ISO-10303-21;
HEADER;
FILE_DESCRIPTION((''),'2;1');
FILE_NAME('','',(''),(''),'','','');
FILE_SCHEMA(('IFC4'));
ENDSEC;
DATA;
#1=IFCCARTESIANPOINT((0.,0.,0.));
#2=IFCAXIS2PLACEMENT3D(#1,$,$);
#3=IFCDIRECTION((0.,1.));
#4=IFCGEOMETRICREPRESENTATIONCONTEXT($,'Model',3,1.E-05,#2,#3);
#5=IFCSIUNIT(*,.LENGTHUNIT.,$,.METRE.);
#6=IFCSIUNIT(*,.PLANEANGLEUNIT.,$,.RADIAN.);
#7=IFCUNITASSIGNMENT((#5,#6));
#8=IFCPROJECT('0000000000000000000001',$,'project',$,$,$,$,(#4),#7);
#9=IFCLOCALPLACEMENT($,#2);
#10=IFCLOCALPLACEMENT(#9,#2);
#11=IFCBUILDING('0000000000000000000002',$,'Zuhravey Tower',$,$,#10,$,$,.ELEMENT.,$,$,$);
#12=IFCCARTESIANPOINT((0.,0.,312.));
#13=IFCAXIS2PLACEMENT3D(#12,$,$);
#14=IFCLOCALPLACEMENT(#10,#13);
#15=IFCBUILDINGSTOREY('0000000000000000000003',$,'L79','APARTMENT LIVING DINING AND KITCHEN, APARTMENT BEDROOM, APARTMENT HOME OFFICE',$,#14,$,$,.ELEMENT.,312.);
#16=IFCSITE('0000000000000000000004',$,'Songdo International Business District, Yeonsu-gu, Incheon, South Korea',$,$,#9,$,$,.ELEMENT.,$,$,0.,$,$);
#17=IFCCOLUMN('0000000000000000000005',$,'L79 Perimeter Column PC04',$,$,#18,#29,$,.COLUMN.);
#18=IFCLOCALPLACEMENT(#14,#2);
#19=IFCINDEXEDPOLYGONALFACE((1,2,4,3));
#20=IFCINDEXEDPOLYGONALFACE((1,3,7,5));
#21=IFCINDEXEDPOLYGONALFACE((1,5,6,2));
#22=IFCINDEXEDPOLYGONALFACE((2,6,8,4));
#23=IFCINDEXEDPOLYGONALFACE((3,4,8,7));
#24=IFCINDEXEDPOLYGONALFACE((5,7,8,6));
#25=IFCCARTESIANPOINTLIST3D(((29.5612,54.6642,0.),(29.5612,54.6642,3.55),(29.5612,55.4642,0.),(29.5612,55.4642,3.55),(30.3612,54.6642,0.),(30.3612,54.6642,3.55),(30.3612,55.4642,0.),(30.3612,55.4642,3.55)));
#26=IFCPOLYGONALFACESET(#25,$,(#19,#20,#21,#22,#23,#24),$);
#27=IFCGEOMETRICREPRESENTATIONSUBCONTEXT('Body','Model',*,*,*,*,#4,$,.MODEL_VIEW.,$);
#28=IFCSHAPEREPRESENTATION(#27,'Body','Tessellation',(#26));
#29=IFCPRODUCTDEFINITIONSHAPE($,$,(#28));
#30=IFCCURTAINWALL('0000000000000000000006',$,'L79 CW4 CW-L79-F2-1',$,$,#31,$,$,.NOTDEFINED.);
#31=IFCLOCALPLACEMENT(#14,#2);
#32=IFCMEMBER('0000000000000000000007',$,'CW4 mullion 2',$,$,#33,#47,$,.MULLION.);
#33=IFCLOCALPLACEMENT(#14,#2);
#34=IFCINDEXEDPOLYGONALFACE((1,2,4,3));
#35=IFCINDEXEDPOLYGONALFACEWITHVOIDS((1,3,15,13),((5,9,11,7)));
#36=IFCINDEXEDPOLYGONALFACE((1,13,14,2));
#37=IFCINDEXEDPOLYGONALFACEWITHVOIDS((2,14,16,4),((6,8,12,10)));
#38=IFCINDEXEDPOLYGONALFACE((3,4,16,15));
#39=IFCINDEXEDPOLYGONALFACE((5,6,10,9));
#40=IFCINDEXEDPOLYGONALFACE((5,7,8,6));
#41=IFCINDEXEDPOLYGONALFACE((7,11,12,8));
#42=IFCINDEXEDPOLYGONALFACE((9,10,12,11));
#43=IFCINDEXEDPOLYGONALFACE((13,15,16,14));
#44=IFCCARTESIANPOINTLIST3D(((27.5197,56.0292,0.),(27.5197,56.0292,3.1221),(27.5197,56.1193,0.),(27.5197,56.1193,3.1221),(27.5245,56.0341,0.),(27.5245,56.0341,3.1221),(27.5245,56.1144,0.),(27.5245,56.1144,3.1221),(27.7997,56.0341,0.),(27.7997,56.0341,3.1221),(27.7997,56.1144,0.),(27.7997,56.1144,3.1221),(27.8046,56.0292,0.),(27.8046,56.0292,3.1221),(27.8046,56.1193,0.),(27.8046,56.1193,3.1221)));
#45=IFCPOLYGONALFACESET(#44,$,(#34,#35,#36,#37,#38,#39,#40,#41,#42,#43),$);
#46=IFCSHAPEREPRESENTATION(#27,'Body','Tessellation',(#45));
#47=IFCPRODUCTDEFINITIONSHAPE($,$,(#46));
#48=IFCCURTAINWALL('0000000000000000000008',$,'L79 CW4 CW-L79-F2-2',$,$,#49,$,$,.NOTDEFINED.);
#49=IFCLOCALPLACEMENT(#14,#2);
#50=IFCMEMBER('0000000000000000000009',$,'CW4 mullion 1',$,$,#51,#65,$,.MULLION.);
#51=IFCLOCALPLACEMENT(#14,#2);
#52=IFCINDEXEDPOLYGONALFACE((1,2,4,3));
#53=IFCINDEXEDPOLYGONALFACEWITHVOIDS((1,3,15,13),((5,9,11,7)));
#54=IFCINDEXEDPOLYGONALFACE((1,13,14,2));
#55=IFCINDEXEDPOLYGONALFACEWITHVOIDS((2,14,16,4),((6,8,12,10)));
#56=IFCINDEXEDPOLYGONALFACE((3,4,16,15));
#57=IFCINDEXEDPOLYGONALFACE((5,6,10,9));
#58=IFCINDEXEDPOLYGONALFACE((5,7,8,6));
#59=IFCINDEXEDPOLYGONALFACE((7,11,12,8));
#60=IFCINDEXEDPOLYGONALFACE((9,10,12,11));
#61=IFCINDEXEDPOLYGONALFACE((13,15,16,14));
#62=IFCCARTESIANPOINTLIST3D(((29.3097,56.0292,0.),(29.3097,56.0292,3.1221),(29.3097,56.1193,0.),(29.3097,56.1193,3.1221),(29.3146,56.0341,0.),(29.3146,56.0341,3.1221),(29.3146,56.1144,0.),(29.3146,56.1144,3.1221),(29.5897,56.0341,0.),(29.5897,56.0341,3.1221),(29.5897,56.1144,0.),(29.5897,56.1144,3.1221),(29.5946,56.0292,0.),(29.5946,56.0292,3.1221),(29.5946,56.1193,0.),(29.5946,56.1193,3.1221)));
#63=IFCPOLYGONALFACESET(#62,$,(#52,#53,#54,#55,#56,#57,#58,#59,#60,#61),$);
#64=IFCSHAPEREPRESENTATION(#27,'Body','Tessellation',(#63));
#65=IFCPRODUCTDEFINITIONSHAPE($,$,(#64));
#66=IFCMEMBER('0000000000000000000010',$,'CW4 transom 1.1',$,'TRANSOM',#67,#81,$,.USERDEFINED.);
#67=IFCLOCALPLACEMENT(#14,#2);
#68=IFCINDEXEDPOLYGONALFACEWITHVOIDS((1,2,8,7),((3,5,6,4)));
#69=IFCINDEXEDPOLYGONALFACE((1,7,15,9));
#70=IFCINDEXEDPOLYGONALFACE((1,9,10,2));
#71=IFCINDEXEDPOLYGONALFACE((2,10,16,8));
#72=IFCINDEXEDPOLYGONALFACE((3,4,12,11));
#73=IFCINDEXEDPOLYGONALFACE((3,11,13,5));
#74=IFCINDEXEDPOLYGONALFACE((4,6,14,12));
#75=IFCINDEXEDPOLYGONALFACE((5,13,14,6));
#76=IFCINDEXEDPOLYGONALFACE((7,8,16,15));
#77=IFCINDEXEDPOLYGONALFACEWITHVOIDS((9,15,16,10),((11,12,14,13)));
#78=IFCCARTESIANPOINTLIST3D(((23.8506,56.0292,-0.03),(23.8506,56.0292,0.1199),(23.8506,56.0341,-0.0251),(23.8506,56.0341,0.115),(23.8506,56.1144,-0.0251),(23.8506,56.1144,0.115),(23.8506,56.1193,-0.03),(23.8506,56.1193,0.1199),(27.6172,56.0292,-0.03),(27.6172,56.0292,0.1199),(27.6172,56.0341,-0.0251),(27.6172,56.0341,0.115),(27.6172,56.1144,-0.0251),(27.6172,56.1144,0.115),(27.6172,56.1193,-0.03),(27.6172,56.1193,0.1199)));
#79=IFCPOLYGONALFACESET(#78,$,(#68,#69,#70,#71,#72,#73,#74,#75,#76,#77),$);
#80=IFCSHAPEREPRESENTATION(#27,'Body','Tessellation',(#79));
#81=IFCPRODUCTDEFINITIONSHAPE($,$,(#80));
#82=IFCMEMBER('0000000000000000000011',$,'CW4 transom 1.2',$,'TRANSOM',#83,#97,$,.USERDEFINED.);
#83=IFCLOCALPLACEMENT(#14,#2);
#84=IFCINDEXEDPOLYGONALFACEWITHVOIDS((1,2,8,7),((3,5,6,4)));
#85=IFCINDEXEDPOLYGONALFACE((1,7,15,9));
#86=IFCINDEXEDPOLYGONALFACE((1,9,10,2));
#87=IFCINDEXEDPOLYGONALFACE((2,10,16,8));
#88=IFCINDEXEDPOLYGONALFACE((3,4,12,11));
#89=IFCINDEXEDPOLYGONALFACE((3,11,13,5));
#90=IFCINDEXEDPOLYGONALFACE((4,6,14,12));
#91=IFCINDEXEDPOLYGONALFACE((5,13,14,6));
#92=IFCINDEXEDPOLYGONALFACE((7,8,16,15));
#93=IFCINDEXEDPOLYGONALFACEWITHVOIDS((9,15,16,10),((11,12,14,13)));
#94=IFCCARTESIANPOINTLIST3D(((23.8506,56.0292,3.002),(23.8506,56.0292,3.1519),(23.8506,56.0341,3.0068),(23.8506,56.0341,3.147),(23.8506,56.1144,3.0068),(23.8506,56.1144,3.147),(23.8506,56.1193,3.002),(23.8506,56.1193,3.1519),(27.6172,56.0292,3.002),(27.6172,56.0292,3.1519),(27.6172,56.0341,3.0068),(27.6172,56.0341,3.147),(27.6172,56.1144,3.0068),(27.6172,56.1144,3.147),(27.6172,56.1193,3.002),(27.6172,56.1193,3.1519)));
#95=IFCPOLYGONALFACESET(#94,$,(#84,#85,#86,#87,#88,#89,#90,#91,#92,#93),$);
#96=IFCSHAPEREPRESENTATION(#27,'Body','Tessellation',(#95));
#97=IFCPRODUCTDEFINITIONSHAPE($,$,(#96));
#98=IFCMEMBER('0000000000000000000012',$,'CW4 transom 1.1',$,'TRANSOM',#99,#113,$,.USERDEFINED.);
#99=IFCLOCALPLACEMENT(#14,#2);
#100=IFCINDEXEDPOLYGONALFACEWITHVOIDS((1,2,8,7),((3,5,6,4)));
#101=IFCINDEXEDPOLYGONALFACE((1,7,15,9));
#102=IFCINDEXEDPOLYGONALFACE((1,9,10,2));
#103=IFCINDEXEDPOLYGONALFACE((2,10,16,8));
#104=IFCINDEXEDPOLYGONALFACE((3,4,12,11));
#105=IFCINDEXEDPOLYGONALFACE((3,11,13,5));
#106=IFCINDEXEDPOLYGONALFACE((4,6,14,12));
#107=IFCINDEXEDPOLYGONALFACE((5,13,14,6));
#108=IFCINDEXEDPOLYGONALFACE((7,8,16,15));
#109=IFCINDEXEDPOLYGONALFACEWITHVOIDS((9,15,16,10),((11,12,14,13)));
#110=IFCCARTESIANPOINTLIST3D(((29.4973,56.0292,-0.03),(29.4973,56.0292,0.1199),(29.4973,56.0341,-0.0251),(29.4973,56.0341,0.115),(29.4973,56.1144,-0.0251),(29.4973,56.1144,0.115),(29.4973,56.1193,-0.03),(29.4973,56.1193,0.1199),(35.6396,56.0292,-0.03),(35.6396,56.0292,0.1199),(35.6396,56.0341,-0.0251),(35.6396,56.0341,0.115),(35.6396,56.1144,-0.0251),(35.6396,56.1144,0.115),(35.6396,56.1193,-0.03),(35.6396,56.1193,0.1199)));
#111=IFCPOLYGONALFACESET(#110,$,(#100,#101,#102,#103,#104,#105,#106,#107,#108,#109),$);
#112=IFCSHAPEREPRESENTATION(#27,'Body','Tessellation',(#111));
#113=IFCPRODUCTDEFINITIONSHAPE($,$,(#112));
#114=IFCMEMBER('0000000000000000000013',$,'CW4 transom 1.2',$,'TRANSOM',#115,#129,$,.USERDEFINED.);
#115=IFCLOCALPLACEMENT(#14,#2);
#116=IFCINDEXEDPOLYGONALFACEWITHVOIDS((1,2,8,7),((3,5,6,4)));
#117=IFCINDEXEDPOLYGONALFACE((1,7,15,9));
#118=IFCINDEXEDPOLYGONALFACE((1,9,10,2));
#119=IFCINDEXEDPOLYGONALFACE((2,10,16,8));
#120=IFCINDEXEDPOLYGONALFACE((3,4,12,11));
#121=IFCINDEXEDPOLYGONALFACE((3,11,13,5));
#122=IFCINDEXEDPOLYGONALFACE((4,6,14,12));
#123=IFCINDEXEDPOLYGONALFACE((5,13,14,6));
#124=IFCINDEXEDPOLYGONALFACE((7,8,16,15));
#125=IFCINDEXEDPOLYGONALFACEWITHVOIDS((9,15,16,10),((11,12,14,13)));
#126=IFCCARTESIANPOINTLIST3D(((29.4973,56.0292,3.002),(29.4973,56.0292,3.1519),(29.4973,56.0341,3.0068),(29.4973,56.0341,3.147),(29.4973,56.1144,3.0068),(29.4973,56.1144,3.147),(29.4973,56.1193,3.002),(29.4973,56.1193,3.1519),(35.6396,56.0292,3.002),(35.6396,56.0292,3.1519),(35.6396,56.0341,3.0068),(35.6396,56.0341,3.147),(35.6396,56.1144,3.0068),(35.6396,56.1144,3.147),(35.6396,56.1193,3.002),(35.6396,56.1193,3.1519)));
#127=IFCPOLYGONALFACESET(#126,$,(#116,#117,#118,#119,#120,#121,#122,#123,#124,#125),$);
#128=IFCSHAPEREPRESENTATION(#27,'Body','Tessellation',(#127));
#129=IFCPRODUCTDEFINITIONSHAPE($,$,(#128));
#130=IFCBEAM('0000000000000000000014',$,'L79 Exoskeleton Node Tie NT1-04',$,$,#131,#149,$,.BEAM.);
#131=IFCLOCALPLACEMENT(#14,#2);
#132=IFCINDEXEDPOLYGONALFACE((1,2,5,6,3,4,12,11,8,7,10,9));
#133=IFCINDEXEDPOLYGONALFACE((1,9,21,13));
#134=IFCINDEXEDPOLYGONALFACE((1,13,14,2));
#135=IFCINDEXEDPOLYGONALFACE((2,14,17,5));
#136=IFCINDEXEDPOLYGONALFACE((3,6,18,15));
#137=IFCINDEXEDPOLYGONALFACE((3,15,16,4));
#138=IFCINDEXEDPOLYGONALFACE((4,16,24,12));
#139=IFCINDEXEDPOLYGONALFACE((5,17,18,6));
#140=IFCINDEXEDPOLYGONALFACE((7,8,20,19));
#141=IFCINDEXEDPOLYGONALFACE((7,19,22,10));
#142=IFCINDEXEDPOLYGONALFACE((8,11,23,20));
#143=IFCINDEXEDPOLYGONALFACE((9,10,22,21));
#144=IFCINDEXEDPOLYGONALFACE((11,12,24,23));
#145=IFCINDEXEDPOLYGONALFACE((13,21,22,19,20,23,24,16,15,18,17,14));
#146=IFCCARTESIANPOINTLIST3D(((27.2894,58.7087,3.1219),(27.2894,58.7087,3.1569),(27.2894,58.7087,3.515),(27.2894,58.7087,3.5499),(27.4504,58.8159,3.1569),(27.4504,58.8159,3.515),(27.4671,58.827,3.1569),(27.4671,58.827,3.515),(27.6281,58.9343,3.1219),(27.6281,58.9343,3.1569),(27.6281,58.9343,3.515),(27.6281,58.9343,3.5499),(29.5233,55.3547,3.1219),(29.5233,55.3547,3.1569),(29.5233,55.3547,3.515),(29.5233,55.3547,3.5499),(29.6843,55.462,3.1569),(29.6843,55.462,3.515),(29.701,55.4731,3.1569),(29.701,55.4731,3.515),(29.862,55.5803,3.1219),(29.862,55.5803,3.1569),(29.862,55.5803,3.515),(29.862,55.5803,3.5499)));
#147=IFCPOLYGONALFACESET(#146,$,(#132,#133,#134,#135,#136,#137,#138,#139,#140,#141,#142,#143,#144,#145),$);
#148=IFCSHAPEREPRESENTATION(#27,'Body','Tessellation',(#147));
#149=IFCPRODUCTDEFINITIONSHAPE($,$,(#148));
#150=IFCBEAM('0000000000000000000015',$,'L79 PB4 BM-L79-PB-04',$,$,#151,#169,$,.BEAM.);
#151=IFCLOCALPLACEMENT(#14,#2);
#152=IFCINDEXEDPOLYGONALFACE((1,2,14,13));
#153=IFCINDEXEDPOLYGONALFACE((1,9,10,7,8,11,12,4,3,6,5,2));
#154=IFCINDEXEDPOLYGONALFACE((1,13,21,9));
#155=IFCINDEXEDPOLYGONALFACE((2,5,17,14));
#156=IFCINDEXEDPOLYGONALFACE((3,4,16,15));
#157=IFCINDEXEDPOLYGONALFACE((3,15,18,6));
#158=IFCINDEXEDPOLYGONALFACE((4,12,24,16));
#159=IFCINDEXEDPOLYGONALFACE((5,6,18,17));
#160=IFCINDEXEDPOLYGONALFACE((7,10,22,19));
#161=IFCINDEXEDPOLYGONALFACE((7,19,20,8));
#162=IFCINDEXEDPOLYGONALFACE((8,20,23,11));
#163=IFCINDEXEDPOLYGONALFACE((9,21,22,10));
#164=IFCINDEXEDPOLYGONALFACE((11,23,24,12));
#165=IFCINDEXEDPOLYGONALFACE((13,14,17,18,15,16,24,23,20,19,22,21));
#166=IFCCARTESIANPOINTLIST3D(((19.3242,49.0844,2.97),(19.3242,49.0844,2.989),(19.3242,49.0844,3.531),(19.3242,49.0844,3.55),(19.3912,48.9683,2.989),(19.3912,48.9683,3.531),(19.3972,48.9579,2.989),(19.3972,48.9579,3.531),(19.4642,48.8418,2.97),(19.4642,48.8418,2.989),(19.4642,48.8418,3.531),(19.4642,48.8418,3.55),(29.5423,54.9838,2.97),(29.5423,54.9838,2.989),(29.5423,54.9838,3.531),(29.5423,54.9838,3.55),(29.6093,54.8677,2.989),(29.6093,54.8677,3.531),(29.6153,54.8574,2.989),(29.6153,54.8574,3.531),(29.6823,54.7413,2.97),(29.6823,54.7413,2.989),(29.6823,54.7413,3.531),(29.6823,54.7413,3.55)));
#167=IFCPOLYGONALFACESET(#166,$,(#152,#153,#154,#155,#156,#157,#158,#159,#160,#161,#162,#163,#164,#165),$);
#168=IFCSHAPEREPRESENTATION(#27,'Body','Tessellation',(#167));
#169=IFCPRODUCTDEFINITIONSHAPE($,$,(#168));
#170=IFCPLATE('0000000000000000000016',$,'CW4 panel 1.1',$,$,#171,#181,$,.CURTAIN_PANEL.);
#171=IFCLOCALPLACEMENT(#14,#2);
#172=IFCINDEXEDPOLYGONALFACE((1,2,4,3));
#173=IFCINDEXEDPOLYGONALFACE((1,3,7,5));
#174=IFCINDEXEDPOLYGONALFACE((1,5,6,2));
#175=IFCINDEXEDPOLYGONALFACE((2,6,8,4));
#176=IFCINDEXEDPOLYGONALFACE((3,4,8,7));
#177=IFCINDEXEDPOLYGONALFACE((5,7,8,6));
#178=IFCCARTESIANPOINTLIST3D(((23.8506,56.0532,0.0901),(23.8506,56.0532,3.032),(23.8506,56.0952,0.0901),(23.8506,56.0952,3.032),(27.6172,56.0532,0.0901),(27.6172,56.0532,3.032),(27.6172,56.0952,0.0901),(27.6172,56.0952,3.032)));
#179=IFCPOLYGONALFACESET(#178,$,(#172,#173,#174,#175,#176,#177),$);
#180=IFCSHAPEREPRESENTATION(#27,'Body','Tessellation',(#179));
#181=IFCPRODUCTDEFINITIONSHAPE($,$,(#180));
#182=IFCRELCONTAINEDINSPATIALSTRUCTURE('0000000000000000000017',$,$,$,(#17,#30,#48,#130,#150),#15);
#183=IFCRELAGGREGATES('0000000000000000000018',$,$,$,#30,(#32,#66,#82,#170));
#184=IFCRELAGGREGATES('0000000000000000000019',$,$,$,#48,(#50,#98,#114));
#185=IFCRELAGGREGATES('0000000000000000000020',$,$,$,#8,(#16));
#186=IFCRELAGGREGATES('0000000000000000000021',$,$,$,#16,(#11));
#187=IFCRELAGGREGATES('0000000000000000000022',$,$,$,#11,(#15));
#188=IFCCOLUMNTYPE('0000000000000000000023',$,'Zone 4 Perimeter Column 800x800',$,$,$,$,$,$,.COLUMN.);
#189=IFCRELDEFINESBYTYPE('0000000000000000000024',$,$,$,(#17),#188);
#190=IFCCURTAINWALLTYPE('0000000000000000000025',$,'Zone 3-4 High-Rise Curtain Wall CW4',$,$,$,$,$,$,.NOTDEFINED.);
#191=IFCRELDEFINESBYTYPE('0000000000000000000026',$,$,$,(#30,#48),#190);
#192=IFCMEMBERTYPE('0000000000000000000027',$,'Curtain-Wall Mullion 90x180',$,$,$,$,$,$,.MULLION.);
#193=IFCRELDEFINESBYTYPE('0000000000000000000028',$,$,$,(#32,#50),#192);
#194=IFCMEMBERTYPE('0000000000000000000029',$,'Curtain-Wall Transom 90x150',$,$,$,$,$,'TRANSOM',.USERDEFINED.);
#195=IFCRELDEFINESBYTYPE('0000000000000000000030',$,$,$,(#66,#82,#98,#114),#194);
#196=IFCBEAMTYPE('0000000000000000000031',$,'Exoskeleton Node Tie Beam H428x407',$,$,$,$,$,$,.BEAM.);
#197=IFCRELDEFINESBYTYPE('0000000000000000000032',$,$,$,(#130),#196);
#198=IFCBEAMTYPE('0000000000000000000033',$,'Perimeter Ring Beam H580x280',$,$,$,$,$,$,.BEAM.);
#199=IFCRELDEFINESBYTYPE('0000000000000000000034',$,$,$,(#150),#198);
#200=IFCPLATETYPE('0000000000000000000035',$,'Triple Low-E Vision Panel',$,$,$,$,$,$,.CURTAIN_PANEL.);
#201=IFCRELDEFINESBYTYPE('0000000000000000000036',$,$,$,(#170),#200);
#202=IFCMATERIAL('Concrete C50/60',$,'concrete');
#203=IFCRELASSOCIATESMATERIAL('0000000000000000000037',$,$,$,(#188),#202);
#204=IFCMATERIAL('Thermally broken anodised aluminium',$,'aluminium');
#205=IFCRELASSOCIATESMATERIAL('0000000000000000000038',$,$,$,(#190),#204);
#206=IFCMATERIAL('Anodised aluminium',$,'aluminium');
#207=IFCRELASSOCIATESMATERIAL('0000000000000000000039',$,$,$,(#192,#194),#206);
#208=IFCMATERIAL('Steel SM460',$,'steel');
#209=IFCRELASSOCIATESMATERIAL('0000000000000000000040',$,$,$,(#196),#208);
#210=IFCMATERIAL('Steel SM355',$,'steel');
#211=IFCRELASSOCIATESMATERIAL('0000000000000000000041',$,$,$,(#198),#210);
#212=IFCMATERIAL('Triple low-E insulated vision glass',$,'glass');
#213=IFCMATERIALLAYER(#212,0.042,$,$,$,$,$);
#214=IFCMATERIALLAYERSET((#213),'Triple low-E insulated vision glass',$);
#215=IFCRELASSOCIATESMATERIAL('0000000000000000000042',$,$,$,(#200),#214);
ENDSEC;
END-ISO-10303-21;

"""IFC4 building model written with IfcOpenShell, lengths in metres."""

from ifc_helpers import new_model, si_unit, direction, frame, origin, origin_2d, place, context, subcontext, project, spatial, rectangle, hollow_rectangle, i_section, extrude, material, layer, layer_set, material_profile, profile_set, type_object, element, aggregate, save


model = new_model("IFC4")

# Units and contexts
model_context = context("Model", 3, precision=1e-05, world=origin(), true_north=direction((0.0, 1.0)))
body_context = subcontext(model_context, "Body", "Model", "MODEL_VIEW")
ifc_project = project(units=[si_unit("LENGTHUNIT", "METRE"), si_unit("PLANEANGLEUNIT", "RADIAN")], contexts=[model_context])

# Site, building, storey
site_placement = place(None, origin())
site = spatial("IfcSite", under=ifc_project, at=site_placement, Name="Songdo International Business District, Yeonsu-gu, Incheon, South Korea", CompositionType="ELEMENT", RefElevation=0.0)
building_placement = place(site_placement, origin())
building = spatial("IfcBuilding", under=site, at=building_placement, Name="Zuhravey Tower", CompositionType="ELEMENT")
storey_placement = place(building_placement, frame((0.0, 0.0, 312.0)))
storey = spatial("IfcBuildingStorey", under=building, at=storey_placement, Name="L79", Description="APARTMENT LIVING DINING AND KITCHEN, APARTMENT BEDROOM, APARTMENT HOME OFFICE", CompositionType="ELEMENT", Elevation=312.0)

# Column
ifc_material_1 = material(Name="Concrete C50/60", Category="concrete")
ifc_material_profile_1 = material_profile(ifc_material_1, rectangle(XDim=0.8, YDim=0.8, at=origin_2d()), Name="RC-800x800")
ifc_profile_set_1 = profile_set([ifc_material_profile_1], Name="Concrete C50/60")
column_type = type_object("IfcColumnType", Name="Zone 4 Perimeter Column 800x800", PredefinedType="COLUMN", material=ifc_profile_set_1)
column_placement = place(storey_placement, frame((29.9612, 55.0642, 0.0), z_axis=(0.0, 0.0, 1.0), x_axis=(-1.0, 0.0, 0.0)))
element("IfcColumn", 1, at=column_placement, inside=storey, type_object=column_type, Name="L79 Perimeter Column PC04", PredefinedType="COLUMN", context=body_context, shape_type="SweptSolid", body=[
    extrude(rectangle(XDim=0.8, YDim=0.8, at=origin_2d()), origin(), (0.0, 0.0, 1.0), 3.55),
])

# Curtain walls, members
ifc_material_2 = material(Name="Thermally broken anodised aluminium", Category="aluminium")
curtain_wall_type = type_object("IfcCurtainWallType", Name="Zone 3-4 High-Rise Curtain Wall CW4", PredefinedType="NOTDEFINED", material=ifc_material_2)
curtain_wall_1_placement = place(storey_placement, origin())
curtain_wall_1 = element("IfcCurtainWall", 2, at=curtain_wall_1_placement, inside=storey, type_object=curtain_wall_type, Name="L79 CW4 CW-L79-F2-1", PredefinedType="NOTDEFINED")
ifc_material_3 = material(Name="Anodised aluminium", Category="aluminium")
ifc_material_profile_2 = material_profile(ifc_material_3, hollow_rectangle(XDim=0.0901, YDim=0.2849, WallThickness=0.0049, at=origin_2d()), Name="ALU-RHS-90x285x5")
ifc_profile_set_2 = profile_set([ifc_material_profile_2], Name="Anodised aluminium")
member_type_1 = type_object("IfcMemberType", Name="Curtain-Wall Mullion 90x180", PredefinedType="MULLION", material=ifc_profile_set_2)
member_1_placement = place(storey_placement, frame((27.6621, 56.0742, 0.0), z_axis=(0.0, 0.0, 1.0), x_axis=(0.0, 1.0, 0.0)))
member_1 = element("IfcMember", 3, at=member_1_placement, type_object=member_type_1, Name="CW4 mullion 2", PredefinedType="MULLION", context=body_context, shape_type="SweptSolid", body=[
    extrude(hollow_rectangle(XDim=0.0901, YDim=0.2849, WallThickness=0.0049, at=origin_2d()), origin(), (0.0, 0.0, 1.0), 3.1221),
])
curtain_wall_2_placement = place(storey_placement, origin())
curtain_wall_2 = element("IfcCurtainWall", 4, at=curtain_wall_2_placement, inside=storey, type_object=curtain_wall_type, Name="L79 CW4 CW-L79-F2-2", PredefinedType="NOTDEFINED")
member_2_placement = place(storey_placement, frame((29.4521, 56.0742, 0.0), z_axis=(0.0, 0.0, 1.0), x_axis=(0.0, 1.0, 0.0)))
member_2 = element("IfcMember", 5, at=member_2_placement, type_object=member_type_1, Name="CW4 mullion 1", PredefinedType="MULLION", context=body_context, shape_type="SweptSolid", body=[
    extrude(hollow_rectangle(XDim=0.0901, YDim=0.2849, WallThickness=0.0049, at=origin_2d()), origin(), (0.0, 0.0, 1.0), 3.1221),
])

# Members
ifc_material_profile_3 = material_profile(ifc_material_3, hollow_rectangle(XDim=0.0901, YDim=0.1499, WallThickness=0.0049, at=origin_2d()), Name="ALU-RHS-90x150x5")
ifc_profile_set_3 = profile_set([ifc_material_profile_3], Name="Anodised aluminium")
member_type_2 = type_object("IfcMemberType", Name="Curtain-Wall Transom 90x150", ElementType="TRANSOM", PredefinedType="USERDEFINED", material=ifc_profile_set_3)
member_3_placement = place(storey_placement, frame((23.8506, 56.0742, 0.0449), z_axis=(1.0, 0.0, 0.0), x_axis=(0.0, 1.0, 0.0)))
member_3 = element("IfcMember", 6, at=member_3_placement, type_object=member_type_2, Name="CW4 transom 1.1", ObjectType="TRANSOM", PredefinedType="USERDEFINED", context=body_context, shape_type="SweptSolid", body=[
    extrude(hollow_rectangle(XDim=0.0901, YDim=0.1499, WallThickness=0.0049, at=origin_2d()), origin(), (0.0, 0.0, 1.0), 3.7666),
])
member_4_placement = place(storey_placement, frame((23.8506, 56.0742, 3.0769), z_axis=(1.0, 0.0, 0.0), x_axis=(0.0, 1.0, 0.0)))
member_4 = element("IfcMember", 7, at=member_4_placement, type_object=member_type_2, Name="CW4 transom 1.2", ObjectType="TRANSOM", PredefinedType="USERDEFINED", context=body_context, shape_type="SweptSolid", body=[
    extrude(hollow_rectangle(XDim=0.0901, YDim=0.1499, WallThickness=0.0049, at=origin_2d()), origin(), (0.0, 0.0, 1.0), 3.7666),
])
member_5_placement = place(storey_placement, frame((29.4973, 56.0742, 0.0449), z_axis=(1.0, 0.0, 0.0), x_axis=(0.0, 1.0, 0.0)))
member_5 = element("IfcMember", 8, at=member_5_placement, type_object=member_type_2, Name="CW4 transom 1.1", ObjectType="TRANSOM", PredefinedType="USERDEFINED", context=body_context, shape_type="SweptSolid", body=[
    extrude(hollow_rectangle(XDim=0.0901, YDim=0.1499, WallThickness=0.0049, at=origin_2d()), origin(), (0.0, 0.0, 1.0), 6.1423),
])
member_6_placement = place(storey_placement, frame((29.4973, 56.0742, 3.0769), z_axis=(1.0, 0.0, 0.0), x_axis=(0.0, 1.0, 0.0)))
member_6 = element("IfcMember", 9, at=member_6_placement, type_object=member_type_2, Name="CW4 transom 1.2", ObjectType="TRANSOM", PredefinedType="USERDEFINED", context=body_context, shape_type="SweptSolid", body=[
    extrude(hollow_rectangle(XDim=0.0901, YDim=0.1499, WallThickness=0.0049, at=origin_2d()), origin(), (0.0, 0.0, 1.0), 6.1423),
])

# Beams
ifc_material_4 = material(Name="Steel SM460", Category="steel")
ifc_material_profile_4 = material_profile(ifc_material_4, i_section(OverallWidth=0.407, OverallDepth=0.428, WebThickness=0.02, FlangeThickness=0.0349, at=origin_2d()), Name="H-428x407x20x35")
ifc_profile_set_4 = profile_set([ifc_material_profile_4], Name="Steel SM460")
beam_type_1 = type_object("IfcBeamType", Name="Exoskeleton Node Tie Beam H428x407", PredefinedType="BEAM", material=ifc_profile_set_4)
beam_1_placement = place(storey_placement, frame((29.6926, 55.4675, 3.3359), z_axis=(-0.554337, 0.832293, 0.0), x_axis=(-0.832293, -0.554337, 0.0)))
element("IfcBeam", 10, at=beam_1_placement, inside=storey, type_object=beam_type_1, Name="L79 Exoskeleton Node Tie NT1-04", PredefinedType="BEAM", context=body_context, shape_type="SweptSolid", body=[
    extrude(i_section(OverallWidth=0.407, OverallDepth=0.428, WebThickness=0.02, FlangeThickness=0.0349, at=origin_2d()), origin(), (0.0, 0.0, 1.0), 4.0298),
])
ifc_material_5 = material(Name="Steel SM355", Category="steel")
ifc_material_profile_5 = material_profile(ifc_material_5, i_section(OverallWidth=0.28, OverallDepth=0.5801, WebThickness=0.012, FlangeThickness=0.019, at=origin_2d()), Name="H-580x280x12x19")
ifc_profile_set_5 = profile_set([ifc_material_profile_5], Name="Steel SM355")
beam_type_2 = type_object("IfcBeamType", Name="Perimeter Ring Beam H580x280", PredefinedType="BEAM", material=ifc_profile_set_5)
beam_2_placement = place(storey_placement, frame((29.6123, 54.8625, 3.26), z_axis=(-0.866024, -0.500002, 0.0), x_axis=(0.500002, -0.866024, 0.0)))
element("IfcBeam", 11, at=beam_2_placement, inside=storey, type_object=beam_type_2, Name="L79 PB4 BM-L79-PB-04", PredefinedType="BEAM", context=body_context, shape_type="SweptSolid", body=[
    extrude(i_section(OverallWidth=0.28, OverallDepth=0.5801, WebThickness=0.012, FlangeThickness=0.019, at=origin_2d()), origin(), (0.0, 0.0, 1.0), 11.7988),
])

# Plate
ifc_material_6 = material(Name="Triple low-E insulated vision glass", Category="glass")
ifc_layer_1 = layer(ifc_material_6, 0.042)
ifc_layer_set_1 = layer_set([ifc_layer_1], Name="Triple low-E insulated vision glass")
plate_type = type_object("IfcPlateType", Name="Triple Low-E Vision Panel", PredefinedType="CURTAIN_PANEL", material=ifc_layer_set_1)
plate_1_placement = place(storey_placement, frame((25.7339, 56.0742, 0.0901), z_axis=(0.0, 0.0, 1.0), x_axis=(1.0, 0.0, 0.0)))
plate_1 = element("IfcPlate", 12, at=plate_1_placement, type_object=plate_type, Name="CW4 panel 1.1", PredefinedType="CURTAIN_PANEL", context=body_context, shape_type="SweptSolid", body=[
    extrude(rectangle(XDim=3.7666, YDim=0.042, at=origin_2d()), origin(), (0.0, 0.0, 1.0), 2.9419),
])
aggregate(curtain_wall_1, [member_1, member_3, member_4, plate_1])
aggregate(curtain_wall_2, [member_2, member_5, member_6])

save(model, "model.ifc")
